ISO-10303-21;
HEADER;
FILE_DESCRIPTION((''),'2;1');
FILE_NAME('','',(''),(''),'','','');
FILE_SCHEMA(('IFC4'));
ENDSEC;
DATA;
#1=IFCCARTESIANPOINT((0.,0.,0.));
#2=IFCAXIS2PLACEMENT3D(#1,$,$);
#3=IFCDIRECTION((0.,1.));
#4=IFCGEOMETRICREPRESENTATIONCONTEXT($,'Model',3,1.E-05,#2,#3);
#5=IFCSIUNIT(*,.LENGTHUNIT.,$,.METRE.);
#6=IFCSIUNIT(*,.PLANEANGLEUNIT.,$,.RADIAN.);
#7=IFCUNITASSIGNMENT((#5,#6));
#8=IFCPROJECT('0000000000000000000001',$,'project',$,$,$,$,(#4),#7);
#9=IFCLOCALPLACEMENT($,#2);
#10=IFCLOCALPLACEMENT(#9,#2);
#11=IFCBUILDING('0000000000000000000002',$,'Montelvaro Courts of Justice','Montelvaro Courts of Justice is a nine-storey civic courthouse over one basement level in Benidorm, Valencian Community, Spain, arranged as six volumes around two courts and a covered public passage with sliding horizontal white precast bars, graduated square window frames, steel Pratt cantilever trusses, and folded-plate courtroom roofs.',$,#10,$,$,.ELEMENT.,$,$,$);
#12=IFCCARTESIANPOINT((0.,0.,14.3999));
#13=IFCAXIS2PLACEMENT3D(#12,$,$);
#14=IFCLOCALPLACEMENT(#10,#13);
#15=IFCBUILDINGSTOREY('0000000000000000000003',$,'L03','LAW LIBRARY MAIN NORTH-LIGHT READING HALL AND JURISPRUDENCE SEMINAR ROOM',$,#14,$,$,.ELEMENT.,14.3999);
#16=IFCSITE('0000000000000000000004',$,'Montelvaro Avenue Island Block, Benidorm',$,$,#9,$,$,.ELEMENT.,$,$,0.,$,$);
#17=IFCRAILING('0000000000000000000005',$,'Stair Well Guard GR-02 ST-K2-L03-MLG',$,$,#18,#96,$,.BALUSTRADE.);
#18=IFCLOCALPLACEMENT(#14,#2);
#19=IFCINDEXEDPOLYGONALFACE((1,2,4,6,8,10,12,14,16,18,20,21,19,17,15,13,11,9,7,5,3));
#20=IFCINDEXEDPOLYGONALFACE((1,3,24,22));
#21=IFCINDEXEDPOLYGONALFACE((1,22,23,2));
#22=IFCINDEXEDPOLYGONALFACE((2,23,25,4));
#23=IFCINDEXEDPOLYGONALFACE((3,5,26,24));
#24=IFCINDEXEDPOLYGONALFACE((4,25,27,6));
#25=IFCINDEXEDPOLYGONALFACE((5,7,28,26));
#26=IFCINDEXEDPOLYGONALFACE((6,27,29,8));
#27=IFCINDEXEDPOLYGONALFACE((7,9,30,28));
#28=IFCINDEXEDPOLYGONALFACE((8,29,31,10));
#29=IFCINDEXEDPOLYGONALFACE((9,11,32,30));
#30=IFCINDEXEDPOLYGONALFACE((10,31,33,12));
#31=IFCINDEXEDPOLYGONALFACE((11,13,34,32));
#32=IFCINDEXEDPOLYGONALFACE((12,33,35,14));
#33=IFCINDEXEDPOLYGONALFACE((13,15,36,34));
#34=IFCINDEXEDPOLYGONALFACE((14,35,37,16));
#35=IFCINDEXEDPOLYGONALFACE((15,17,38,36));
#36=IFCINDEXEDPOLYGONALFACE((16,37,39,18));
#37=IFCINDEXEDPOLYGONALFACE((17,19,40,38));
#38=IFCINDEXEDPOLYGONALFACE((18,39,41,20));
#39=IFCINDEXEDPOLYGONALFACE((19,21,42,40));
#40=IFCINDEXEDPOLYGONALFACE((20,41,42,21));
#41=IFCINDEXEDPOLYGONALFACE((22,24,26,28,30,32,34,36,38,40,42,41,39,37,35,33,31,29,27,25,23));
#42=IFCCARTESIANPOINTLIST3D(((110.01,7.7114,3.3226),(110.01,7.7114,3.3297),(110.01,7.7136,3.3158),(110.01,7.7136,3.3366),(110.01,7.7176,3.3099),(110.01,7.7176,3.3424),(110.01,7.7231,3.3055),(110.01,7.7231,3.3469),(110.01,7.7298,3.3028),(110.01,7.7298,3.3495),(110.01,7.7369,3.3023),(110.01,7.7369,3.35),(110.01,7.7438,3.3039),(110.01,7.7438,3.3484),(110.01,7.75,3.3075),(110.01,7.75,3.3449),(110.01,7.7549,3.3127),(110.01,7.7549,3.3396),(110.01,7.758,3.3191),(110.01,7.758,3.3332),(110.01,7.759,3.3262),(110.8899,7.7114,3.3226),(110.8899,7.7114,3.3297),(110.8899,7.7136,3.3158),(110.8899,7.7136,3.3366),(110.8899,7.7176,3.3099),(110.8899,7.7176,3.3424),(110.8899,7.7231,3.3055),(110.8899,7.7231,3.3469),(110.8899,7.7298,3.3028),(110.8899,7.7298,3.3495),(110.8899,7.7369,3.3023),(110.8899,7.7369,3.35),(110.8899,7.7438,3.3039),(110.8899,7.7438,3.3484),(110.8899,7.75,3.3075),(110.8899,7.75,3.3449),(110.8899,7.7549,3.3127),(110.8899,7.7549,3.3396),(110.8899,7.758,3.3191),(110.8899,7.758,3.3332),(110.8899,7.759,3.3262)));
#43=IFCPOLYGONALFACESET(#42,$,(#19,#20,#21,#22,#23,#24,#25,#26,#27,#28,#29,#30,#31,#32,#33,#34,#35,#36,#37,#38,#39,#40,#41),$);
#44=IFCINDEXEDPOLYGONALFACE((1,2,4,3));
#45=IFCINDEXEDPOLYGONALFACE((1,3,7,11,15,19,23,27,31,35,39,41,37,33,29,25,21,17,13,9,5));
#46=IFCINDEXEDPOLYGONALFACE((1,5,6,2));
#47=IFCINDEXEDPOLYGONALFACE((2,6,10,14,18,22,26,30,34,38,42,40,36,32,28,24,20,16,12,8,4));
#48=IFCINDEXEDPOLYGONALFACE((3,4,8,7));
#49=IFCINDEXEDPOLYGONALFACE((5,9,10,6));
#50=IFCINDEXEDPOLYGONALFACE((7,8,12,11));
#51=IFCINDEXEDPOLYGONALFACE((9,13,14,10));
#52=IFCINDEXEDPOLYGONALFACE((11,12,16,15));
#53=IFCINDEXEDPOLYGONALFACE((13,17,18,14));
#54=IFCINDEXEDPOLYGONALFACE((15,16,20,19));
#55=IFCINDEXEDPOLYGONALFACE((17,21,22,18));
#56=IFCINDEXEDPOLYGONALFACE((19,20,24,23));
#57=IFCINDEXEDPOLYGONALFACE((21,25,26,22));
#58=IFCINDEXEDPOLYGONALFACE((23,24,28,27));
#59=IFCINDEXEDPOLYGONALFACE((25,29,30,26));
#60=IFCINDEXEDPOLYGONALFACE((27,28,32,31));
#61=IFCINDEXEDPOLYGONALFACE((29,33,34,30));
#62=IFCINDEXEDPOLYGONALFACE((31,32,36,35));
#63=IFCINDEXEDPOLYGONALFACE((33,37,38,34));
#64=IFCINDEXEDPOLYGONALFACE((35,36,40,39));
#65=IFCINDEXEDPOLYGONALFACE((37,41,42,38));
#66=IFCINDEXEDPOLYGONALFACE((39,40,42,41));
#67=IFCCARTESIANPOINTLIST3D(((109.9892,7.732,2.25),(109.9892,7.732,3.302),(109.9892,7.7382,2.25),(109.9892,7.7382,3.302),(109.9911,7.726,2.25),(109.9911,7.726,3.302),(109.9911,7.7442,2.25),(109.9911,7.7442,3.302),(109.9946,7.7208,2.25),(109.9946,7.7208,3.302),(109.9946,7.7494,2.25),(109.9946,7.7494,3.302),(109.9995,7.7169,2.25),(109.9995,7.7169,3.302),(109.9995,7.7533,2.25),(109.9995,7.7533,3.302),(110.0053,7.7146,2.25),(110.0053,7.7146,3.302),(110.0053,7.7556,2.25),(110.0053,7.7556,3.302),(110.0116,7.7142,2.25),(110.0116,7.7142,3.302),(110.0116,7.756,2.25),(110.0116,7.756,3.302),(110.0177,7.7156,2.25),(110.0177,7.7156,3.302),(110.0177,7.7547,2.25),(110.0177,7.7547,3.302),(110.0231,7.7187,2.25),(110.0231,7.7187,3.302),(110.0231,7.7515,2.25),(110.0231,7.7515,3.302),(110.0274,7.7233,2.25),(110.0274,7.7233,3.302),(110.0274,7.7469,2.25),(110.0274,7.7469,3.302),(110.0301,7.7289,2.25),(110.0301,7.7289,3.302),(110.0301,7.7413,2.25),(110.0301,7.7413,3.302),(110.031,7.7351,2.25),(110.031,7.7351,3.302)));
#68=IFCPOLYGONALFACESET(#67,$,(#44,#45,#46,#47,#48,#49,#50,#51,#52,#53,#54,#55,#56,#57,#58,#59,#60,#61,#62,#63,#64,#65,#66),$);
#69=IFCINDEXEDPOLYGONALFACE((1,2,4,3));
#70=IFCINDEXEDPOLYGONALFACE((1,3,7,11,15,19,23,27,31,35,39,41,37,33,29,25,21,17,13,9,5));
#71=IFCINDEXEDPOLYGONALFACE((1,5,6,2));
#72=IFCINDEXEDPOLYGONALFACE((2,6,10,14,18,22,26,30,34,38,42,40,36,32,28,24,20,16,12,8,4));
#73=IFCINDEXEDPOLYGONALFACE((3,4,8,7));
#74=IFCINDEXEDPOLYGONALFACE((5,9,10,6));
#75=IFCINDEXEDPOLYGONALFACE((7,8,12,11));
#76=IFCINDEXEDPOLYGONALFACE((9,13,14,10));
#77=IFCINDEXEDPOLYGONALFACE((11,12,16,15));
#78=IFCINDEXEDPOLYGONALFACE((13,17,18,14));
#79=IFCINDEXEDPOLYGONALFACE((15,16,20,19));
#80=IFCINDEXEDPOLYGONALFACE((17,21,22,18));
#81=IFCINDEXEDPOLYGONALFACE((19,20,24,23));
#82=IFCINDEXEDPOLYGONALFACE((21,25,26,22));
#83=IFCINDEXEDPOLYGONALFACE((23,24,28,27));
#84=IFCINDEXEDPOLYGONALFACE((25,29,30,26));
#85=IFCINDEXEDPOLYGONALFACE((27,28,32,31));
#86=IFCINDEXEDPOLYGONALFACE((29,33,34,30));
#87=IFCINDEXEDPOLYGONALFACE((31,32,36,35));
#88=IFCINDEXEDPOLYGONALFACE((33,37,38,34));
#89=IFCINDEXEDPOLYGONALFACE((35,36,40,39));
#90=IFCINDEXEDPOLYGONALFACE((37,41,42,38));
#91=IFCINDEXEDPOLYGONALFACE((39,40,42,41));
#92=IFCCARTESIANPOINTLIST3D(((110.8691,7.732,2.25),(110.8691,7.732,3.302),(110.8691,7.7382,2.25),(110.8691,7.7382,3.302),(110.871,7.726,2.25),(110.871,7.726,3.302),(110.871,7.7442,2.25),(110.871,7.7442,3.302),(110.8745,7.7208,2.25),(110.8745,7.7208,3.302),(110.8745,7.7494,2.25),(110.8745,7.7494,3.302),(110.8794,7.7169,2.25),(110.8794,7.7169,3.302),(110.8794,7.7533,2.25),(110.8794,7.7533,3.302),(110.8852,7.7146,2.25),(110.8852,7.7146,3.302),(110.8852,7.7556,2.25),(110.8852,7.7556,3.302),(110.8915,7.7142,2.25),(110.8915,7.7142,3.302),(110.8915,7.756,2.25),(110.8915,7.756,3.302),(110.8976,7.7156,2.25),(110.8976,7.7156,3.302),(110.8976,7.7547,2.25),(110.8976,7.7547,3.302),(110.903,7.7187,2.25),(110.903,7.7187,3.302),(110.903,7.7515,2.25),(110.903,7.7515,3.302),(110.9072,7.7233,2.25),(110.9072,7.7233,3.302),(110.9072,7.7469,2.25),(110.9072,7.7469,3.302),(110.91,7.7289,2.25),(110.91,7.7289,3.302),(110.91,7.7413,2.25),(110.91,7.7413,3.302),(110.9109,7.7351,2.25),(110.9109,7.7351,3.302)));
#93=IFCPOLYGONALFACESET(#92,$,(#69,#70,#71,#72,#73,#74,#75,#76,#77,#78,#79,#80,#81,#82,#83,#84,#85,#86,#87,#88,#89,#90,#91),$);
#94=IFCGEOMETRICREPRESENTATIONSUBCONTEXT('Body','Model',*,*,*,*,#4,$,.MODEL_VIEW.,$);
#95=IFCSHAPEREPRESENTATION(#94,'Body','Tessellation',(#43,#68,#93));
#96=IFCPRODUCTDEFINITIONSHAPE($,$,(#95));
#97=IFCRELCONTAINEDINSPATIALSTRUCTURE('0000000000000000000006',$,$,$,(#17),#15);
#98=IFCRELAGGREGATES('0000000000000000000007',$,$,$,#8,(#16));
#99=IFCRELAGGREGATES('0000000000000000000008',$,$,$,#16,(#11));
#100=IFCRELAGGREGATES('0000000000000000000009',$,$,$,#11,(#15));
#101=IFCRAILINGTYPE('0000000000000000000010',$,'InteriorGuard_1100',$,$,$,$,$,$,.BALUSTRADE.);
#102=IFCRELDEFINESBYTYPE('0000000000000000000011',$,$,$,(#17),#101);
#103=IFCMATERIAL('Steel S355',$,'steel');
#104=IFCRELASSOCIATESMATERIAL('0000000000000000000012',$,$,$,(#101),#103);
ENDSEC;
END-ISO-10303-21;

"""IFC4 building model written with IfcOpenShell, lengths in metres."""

from ifc_helpers import new_model, si_unit, direction, frame, origin, origin_2d, place, context, subcontext, project, spatial, circle, extrude, material, type_object, element, save


model = new_model("IFC4")

# Units and contexts
model_context = context("Model", 3, precision=1e-05, world=origin(), true_north=direction((0.0, 1.0)))
body_context = subcontext(model_context, "Body", "Model", "MODEL_VIEW")
ifc_project = project(units=[si_unit("LENGTHUNIT", "METRE"), si_unit("PLANEANGLEUNIT", "RADIAN")], contexts=[model_context])

# Site, building, storey
site_placement = place(None, origin())
site = spatial("IfcSite", under=ifc_project, at=site_placement, Name="Montelvaro Avenue Island Block, Benidorm", CompositionType="ELEMENT", RefElevation=0.0)
building_placement = place(site_placement, origin())
building = spatial("IfcBuilding", under=site, at=building_placement, Name="Montelvaro Courts of Justice", Description="Montelvaro Courts of Justice is a nine-storey civic courthouse over one basement level in Benidorm, Valencian Community, Spain, arranged as six volumes around two courts and a covered public passage with sliding horizontal white precast bars, graduated square window frames, steel Pratt cantilever trusses, and folded-plate courtroom roofs.", CompositionType="ELEMENT")
storey_placement = place(building_placement, frame((0.0, 0.0, 14.3999)))
storey = spatial("IfcBuildingStorey", under=building, at=storey_placement, Name="L03", Description="LAW LIBRARY MAIN NORTH-LIGHT READING HALL AND JURISPRUDENCE SEMINAR ROOM", CompositionType="ELEMENT", Elevation=14.3999)

# Shared definitions
ifc_material_1 = material(Name="Steel S355", Category="steel")

# Railing
railing_type_1 = type_object("IfcRailingType", Name="InteriorGuard_1100", PredefinedType="BALUSTRADE", material=ifc_material_1)
railing_1_placement = place(storey_placement, frame((110.01, 7.7351, 2.25)))
element("IfcRailing", 1, at=railing_1_placement, inside=storey, type_object=railing_type_1, Name="Stair Well Guard GR-02 ST-K2-L03-MLG", PredefinedType="BALUSTRADE", context=body_context, shape_type="SweptSolid", body=[
    extrude(circle(Radius=0.0239, at=origin_2d()), frame((0.0, 0.0, 1.0762), z_axis=(1.0, 0.0, 0.0), x_axis=(0.0, 1.0, 0.0)), (0.0, 0.0, 1.0), 0.8799),
    extrude(circle(Radius=0.021, at=origin_2d()), origin(), (0.0, 0.0, 1.0), 1.052),
    extrude(circle(Radius=0.021, at=origin_2d()), frame((0.8799, 0.0, 0.0)), (0.0, 0.0, 1.0), 1.052),
])

save(model, "model.ifc")
